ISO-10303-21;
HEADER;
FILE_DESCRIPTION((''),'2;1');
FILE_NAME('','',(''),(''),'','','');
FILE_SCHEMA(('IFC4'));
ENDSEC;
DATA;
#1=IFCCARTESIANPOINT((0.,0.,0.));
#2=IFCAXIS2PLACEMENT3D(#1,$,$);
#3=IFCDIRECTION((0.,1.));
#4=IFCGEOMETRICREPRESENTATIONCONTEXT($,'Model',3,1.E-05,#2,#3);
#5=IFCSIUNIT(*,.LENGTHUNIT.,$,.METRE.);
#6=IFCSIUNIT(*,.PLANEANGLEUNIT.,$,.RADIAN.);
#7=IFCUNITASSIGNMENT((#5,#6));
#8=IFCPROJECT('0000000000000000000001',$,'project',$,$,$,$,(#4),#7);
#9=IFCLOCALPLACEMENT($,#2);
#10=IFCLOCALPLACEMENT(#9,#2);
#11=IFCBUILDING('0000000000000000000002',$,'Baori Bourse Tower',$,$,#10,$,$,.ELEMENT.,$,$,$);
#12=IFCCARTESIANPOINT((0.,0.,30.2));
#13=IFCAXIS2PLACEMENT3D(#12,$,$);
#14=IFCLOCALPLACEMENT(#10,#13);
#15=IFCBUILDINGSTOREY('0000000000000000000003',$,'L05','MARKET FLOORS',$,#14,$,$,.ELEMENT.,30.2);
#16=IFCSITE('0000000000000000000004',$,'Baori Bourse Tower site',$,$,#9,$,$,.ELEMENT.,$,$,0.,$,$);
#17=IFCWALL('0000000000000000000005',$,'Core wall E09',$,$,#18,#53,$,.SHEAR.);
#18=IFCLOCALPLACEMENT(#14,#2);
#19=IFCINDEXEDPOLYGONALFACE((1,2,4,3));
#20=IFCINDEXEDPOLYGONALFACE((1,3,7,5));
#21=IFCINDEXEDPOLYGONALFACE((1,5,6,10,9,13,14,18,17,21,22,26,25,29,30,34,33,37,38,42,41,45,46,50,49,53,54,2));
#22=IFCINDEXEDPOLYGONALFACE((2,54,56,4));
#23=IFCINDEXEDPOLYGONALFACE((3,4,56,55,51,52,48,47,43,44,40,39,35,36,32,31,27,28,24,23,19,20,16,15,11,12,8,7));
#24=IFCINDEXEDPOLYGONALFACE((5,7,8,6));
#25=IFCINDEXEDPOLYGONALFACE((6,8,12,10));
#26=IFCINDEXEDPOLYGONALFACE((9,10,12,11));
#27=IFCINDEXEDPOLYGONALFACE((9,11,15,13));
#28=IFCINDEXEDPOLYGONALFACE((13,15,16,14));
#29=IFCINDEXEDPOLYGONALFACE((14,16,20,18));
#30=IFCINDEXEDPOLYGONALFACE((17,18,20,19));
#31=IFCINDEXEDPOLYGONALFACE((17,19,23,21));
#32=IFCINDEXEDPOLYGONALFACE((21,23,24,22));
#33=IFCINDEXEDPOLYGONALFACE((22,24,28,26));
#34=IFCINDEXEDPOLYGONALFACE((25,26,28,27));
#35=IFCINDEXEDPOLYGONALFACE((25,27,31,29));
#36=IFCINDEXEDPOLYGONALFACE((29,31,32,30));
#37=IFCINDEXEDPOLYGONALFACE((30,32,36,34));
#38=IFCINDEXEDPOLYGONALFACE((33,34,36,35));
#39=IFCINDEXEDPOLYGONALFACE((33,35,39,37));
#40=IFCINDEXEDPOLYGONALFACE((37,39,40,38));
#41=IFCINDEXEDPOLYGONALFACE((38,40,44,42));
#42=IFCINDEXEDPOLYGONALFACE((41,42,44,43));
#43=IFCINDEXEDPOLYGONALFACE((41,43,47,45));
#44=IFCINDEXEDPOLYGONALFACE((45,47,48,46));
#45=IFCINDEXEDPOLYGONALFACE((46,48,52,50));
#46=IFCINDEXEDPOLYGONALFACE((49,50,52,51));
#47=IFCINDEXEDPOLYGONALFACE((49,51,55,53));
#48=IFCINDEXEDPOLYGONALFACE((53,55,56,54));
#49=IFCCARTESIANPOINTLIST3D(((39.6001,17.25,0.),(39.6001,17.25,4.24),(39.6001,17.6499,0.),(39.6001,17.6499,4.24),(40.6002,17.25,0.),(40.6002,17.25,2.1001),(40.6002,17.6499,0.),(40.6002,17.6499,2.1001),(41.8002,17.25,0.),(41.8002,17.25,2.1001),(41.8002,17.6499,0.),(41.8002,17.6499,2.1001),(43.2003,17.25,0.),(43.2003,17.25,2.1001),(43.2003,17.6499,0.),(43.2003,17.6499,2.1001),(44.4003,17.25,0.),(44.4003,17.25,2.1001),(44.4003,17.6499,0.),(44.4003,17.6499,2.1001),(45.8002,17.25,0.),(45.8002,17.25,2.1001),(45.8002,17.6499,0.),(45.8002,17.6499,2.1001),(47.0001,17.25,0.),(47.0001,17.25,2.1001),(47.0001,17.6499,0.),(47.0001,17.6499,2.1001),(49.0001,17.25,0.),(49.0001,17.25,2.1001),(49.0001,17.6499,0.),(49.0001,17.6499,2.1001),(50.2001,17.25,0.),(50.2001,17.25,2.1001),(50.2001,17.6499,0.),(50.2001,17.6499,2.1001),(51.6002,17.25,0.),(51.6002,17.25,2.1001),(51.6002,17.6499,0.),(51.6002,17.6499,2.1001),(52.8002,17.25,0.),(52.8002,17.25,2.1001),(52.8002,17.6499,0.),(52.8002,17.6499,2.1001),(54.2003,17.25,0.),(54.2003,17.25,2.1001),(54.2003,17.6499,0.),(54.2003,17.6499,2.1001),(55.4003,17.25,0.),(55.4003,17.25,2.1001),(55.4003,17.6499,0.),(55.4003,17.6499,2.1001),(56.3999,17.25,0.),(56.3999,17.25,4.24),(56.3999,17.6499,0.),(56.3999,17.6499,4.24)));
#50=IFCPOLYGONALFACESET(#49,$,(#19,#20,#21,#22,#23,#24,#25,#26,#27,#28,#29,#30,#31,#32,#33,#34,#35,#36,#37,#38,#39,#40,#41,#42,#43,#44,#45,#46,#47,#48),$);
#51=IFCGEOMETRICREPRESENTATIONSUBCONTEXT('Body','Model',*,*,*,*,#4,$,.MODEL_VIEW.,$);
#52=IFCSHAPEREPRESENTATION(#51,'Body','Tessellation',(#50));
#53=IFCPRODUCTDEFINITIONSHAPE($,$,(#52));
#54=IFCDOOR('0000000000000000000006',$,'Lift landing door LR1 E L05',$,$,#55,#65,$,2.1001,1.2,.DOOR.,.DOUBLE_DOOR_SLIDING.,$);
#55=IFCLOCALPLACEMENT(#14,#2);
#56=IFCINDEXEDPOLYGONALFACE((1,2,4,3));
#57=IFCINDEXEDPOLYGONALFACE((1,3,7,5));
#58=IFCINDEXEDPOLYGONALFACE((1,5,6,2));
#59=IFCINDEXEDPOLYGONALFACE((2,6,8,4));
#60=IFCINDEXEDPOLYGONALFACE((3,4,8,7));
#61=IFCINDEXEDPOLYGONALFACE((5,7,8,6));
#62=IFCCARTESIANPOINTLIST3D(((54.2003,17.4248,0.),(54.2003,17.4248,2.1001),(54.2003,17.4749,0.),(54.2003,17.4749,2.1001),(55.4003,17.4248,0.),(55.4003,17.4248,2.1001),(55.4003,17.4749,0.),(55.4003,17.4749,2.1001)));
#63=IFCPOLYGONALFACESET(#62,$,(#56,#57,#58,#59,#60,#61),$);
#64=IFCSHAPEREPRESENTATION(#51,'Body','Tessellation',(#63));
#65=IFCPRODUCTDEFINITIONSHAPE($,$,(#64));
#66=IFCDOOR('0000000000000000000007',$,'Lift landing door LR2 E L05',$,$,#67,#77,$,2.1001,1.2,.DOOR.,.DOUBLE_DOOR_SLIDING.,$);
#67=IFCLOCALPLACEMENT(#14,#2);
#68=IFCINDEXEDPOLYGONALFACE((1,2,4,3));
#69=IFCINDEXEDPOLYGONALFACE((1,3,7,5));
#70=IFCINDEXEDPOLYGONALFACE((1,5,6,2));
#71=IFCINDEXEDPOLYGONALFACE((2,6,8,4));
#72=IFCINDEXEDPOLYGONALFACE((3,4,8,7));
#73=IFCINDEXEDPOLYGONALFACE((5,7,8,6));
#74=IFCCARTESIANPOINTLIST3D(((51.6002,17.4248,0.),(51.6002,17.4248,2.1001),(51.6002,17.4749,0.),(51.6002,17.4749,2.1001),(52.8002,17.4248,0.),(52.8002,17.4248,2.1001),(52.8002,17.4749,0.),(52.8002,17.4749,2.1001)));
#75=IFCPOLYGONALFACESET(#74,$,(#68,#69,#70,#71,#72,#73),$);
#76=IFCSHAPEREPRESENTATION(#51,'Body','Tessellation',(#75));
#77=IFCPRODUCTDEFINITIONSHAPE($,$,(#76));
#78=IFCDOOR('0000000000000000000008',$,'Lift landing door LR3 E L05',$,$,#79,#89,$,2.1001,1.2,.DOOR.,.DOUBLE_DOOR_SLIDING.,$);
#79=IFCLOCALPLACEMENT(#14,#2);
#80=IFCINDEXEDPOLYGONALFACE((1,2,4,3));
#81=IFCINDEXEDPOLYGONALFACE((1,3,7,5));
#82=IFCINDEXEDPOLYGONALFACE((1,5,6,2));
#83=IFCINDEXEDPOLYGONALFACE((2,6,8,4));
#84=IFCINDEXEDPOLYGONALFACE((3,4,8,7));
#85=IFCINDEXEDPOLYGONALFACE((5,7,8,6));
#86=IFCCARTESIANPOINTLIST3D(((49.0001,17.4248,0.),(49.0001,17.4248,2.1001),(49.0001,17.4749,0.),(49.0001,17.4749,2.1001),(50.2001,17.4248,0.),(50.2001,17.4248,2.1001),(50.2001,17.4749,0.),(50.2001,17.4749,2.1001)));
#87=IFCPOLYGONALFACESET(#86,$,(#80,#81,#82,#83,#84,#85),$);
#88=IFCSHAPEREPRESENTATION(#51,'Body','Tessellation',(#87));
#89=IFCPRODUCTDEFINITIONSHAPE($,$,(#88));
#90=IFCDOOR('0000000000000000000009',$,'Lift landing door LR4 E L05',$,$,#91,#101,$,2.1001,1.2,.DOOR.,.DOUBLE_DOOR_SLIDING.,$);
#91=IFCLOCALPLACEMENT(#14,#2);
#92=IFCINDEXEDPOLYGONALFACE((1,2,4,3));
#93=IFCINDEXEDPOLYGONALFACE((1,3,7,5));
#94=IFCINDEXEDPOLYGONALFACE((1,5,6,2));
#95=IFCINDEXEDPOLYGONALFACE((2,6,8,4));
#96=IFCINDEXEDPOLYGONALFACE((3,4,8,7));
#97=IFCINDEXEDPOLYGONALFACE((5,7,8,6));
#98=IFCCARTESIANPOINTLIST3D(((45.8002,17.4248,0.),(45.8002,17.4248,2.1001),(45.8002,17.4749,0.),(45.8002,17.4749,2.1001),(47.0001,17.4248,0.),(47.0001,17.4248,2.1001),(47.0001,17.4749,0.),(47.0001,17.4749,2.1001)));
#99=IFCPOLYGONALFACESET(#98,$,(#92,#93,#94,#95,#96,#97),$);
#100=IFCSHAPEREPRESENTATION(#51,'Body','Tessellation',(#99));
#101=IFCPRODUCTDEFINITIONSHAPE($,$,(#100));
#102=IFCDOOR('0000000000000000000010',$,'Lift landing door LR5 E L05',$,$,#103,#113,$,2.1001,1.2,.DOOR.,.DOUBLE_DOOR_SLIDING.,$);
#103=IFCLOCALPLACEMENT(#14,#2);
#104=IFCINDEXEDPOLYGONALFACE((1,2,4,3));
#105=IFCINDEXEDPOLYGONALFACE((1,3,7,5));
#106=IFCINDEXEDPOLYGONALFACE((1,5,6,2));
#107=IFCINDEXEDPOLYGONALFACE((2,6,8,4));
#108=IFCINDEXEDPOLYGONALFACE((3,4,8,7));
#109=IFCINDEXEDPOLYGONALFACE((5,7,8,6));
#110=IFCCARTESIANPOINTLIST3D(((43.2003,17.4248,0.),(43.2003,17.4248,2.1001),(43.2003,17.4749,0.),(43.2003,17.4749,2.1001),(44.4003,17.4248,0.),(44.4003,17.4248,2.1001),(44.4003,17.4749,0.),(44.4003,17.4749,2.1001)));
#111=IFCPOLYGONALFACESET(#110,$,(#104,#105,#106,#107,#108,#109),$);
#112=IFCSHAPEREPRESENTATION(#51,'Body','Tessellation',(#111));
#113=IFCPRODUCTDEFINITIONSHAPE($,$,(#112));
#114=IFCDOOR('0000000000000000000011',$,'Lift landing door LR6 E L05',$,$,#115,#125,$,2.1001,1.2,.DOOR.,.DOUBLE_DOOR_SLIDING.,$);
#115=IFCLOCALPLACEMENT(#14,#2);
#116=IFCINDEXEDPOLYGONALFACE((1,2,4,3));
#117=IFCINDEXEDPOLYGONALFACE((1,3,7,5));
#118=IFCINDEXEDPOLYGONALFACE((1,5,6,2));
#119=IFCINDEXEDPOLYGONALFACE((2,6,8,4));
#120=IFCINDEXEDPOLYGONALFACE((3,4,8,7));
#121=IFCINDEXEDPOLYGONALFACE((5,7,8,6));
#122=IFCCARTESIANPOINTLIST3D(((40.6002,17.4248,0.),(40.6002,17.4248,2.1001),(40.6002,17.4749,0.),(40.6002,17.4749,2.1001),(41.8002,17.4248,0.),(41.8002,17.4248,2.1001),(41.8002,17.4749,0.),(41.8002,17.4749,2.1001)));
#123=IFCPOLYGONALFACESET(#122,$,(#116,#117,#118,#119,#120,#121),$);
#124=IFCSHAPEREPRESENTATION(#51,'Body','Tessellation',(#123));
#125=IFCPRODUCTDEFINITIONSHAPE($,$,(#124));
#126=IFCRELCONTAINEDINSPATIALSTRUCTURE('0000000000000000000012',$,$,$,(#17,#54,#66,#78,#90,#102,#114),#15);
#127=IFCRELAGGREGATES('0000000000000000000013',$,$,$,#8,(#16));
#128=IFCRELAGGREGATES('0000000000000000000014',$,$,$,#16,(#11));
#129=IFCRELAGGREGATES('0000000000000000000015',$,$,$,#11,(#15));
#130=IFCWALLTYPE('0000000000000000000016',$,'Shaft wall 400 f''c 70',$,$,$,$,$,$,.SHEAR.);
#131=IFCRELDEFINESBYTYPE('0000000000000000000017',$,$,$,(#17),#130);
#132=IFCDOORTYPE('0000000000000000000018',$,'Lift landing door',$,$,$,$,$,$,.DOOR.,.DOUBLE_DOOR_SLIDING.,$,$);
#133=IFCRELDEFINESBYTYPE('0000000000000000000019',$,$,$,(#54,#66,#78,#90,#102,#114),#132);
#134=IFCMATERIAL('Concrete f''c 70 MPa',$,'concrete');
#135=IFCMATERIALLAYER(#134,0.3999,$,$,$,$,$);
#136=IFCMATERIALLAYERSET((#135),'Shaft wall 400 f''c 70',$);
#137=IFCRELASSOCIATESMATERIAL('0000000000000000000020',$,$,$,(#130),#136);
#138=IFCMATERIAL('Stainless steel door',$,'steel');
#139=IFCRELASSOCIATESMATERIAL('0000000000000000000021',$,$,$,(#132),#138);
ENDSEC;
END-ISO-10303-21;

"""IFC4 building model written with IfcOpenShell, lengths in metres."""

from ifc_helpers import new_model, si_unit, direction, frame, frame_2d, origin, place, context, subcontext, project, spatial, rectangle, extrude, material, layer, layer_set, type_object, element, fill, save


model = new_model("IFC4")

# Units and contexts
model_context = context("Model", 3, precision=1e-05, world=origin(), true_north=direction((0.0, 1.0)))
body_context = subcontext(model_context, "Body", "Model", "MODEL_VIEW")
ifc_project = project(units=[si_unit("LENGTHUNIT", "METRE"), si_unit("PLANEANGLEUNIT", "RADIAN")], contexts=[model_context])

# Site, building, storey
site_placement = place(None, origin())
site = spatial("IfcSite", under=ifc_project, at=site_placement, Name="Baori Bourse Tower site", CompositionType="ELEMENT", RefElevation=0.0)
building_placement = place(site_placement, origin())
building = spatial("IfcBuilding", under=site, at=building_placement, Name="Baori Bourse Tower", CompositionType="ELEMENT")
storey_placement = place(building_placement, frame((0.0, 0.0, 30.2)))
storey = spatial("IfcBuildingStorey", under=building, at=storey_placement, Name="L05", Description="MARKET FLOORS", CompositionType="ELEMENT", Elevation=30.2)

# Shared definitions
ifc_material_1 = material(Name="Concrete f'c 70 MPa", Category="concrete")
ifc_layer_1 = layer(ifc_material_1, 0.3999)
ifc_layer_set_1 = layer_set([ifc_layer_1], Name="Shaft wall 400 f'c 70")
wall_type_1 = type_object("IfcWallType", Name="Shaft wall 400 f'c 70", PredefinedType="SHEAR", material=ifc_layer_set_1)

# Wall, openings, doors
wall_1_placement = place(storey_placement, frame((39.6001, 17.45, 0.0), z_axis=(0.0, 0.0, 1.0), x_axis=(1.0, 0.0, 0.0)))
wall_1 = element("IfcWall", 1, at=wall_1_placement, inside=storey, type_object=wall_type_1, Name="Core wall E09", PredefinedType="SHEAR", context=body_context, shape_type="SweptSolid", body=[
    extrude(rectangle(XDim=16.7998, YDim=0.3999, at=frame_2d((8.3999, 0.0))), origin(), (0.0, 0.0, 1.0), 4.24),
])
opening_1_placement = place(wall_1_placement, frame((14.6001, 0.0, 0.0)))
opening_1 = element("IfcOpeningElement", 2, at=opening_1_placement, cuts=wall_1, PredefinedType="OPENING", context=body_context, shape_type="SweptSolid", body=[
    extrude(rectangle(XDim=1.2, YDim=2.1001, at=frame_2d((0.6001, 1.05))), frame((0.0, 0.21, 0.0), z_axis=(0.0, -1.0, 0.0), x_axis=(1.0, 0.0, 0.0)), (0.0, 0.0, 1.0), 0.4199),
])
opening_2_placement = place(wall_1_placement, frame((12.0, 0.0, 0.0)))
opening_2 = element("IfcOpeningElement", 3, at=opening_2_placement, cuts=wall_1, PredefinedType="OPENING", context=body_context, shape_type="SweptSolid", body=[
    extrude(rectangle(XDim=1.2, YDim=2.1001, at=frame_2d((0.6001, 1.05))), frame((0.0, 0.21, 0.0), z_axis=(0.0, -1.0, 0.0), x_axis=(1.0, 0.0, 0.0)), (0.0, 0.0, 1.0), 0.4199),
])
opening_3_placement = place(wall_1_placement, frame((9.3999, 0.0, 0.0)))
opening_3 = element("IfcOpeningElement", 4, at=opening_3_placement, cuts=wall_1, PredefinedType="OPENING", context=body_context, shape_type="SweptSolid", body=[
    extrude(rectangle(XDim=1.2, YDim=2.1001, at=frame_2d((0.6001, 1.05))), frame((0.0, 0.21, 0.0), z_axis=(0.0, -1.0, 0.0), x_axis=(1.0, 0.0, 0.0)), (0.0, 0.0, 1.0), 0.4199),
])
opening_4_placement = place(wall_1_placement, frame((6.2, 0.0, 0.0)))
opening_4 = element("IfcOpeningElement", 5, at=opening_4_placement, cuts=wall_1, PredefinedType="OPENING", context=body_context, shape_type="SweptSolid", body=[
    extrude(rectangle(XDim=1.2, YDim=2.1001, at=frame_2d((0.6001, 1.05))), frame((0.0, 0.21, 0.0), z_axis=(0.0, -1.0, 0.0), x_axis=(1.0, 0.0, 0.0)), (0.0, 0.0, 1.0), 0.4199),
])
opening_5_placement = place(wall_1_placement, frame((3.6001, 0.0, 0.0)))
opening_5 = element("IfcOpeningElement", 6, at=opening_5_placement, cuts=wall_1, PredefinedType="OPENING", context=body_context, shape_type="SweptSolid", body=[
    extrude(rectangle(XDim=1.2, YDim=2.1001, at=frame_2d((0.6001, 1.05))), frame((0.0, 0.21, 0.0), z_axis=(0.0, -1.0, 0.0), x_axis=(1.0, 0.0, 0.0)), (0.0, 0.0, 1.0), 0.4199),
])
opening_6_placement = place(wall_1_placement, frame((1.0, 0.0, 0.0)))
opening_6 = element("IfcOpeningElement", 7, at=opening_6_placement, cuts=wall_1, PredefinedType="OPENING", context=body_context, shape_type="SweptSolid", body=[
    extrude(rectangle(XDim=1.2, YDim=2.1001, at=frame_2d((0.6001, 1.05))), frame((0.0, 0.21, 0.0), z_axis=(0.0, -1.0, 0.0), x_axis=(1.0, 0.0, 0.0)), (0.0, 0.0, 1.0), 0.4199),
])
ifc_material_2 = material(Name="Stainless steel door", Category="steel")
door_type_1 = type_object("IfcDoorType", Name="Lift landing door", OperationType="DOUBLE_DOOR_SLIDING", PredefinedType="DOOR", material=ifc_material_2)
door_1_placement = place(opening_1_placement, origin())
door_1 = element("IfcDoor", 8, at=door_1_placement, inside=storey, type_object=door_type_1, Name="Lift landing door LR1 E L05", OperationType="DOUBLE_DOOR_SLIDING", OverallHeight=2.1001, OverallWidth=1.2, PredefinedType="DOOR", context=body_context, shape_type="SweptSolid", body=[
    extrude(rectangle(XDim=1.2, YDim=2.1001, at=frame_2d((0.6001, 1.05))), frame((0.0, 0.0249, 0.0), z_axis=(0.0, -1.0, 0.0), x_axis=(1.0, 0.0, 0.0)), (0.0, 0.0, 1.0), 0.05),
])
fill(opening_1, door_1)
door_2_placement = place(opening_2_placement, origin())
door_2 = element("IfcDoor", 9, at=door_2_placement, inside=storey, type_object=door_type_1, Name="Lift landing door LR2 E L05", OperationType="DOUBLE_DOOR_SLIDING", OverallHeight=2.1001, OverallWidth=1.2, PredefinedType="DOOR", context=body_context, shape_type="SweptSolid", body=[
    extrude(rectangle(XDim=1.2, YDim=2.1001, at=frame_2d((0.6001, 1.05))), frame((0.0, 0.0249, 0.0), z_axis=(0.0, -1.0, 0.0), x_axis=(1.0, 0.0, 0.0)), (0.0, 0.0, 1.0), 0.05),
])
fill(opening_2, door_2)
door_3_placement = place(opening_3_placement, origin())
door_3 = element("IfcDoor", 10, at=door_3_placement, inside=storey, type_object=door_type_1, Name="Lift landing door LR3 E L05", OperationType="DOUBLE_DOOR_SLIDING", OverallHeight=2.1001, OverallWidth=1.2, PredefinedType="DOOR", context=body_context, shape_type="SweptSolid", body=[
    extrude(rectangle(XDim=1.2, YDim=2.1001, at=frame_2d((0.6001, 1.05))), frame((0.0, 0.0249, 0.0), z_axis=(0.0, -1.0, 0.0), x_axis=(1.0, 0.0, 0.0)), (0.0, 0.0, 1.0), 0.05),
])
fill(opening_3, door_3)
door_4_placement = place(opening_4_placement, origin())
door_4 = element("IfcDoor", 11, at=door_4_placement, inside=storey, type_object=door_type_1, Name="Lift landing door LR4 E L05", OperationType="DOUBLE_DOOR_SLIDING", OverallHeight=2.1001, OverallWidth=1.2, PredefinedType="DOOR", context=body_context, shape_type="SweptSolid", body=[
    extrude(rectangle(XDim=1.2, YDim=2.1001, at=frame_2d((0.6001, 1.05))), frame((0.0, 0.0249, 0.0), z_axis=(0.0, -1.0, 0.0), x_axis=(1.0, 0.0, 0.0)), (0.0, 0.0, 1.0), 0.05),
])
fill(opening_4, door_4)
door_5_placement = place(opening_5_placement, origin())
door_5 = element("IfcDoor", 12, at=door_5_placement, inside=storey, type_object=door_type_1, Name="Lift landing door LR5 E L05", OperationType="DOUBLE_DOOR_SLIDING", OverallHeight=2.1001, OverallWidth=1.2, PredefinedType="DOOR", context=body_context, shape_type="SweptSolid", body=[
    extrude(rectangle(XDim=1.2, YDim=2.1001, at=frame_2d((0.6001, 1.05))), frame((0.0, 0.0249, 0.0), z_axis=(0.0, -1.0, 0.0), x_axis=(1.0, 0.0, 0.0)), (0.0, 0.0, 1.0), 0.05),
])
fill(opening_5, door_5)
door_6_placement = place(opening_6_placement, origin())
door_6 = element("IfcDoor", 13, at=door_6_placement, inside=storey, type_object=door_type_1, Name="Lift landing door LR6 E L05", OperationType="DOUBLE_DOOR_SLIDING", OverallHeight=2.1001, OverallWidth=1.2, PredefinedType="DOOR", context=body_context, shape_type="SweptSolid", body=[
    extrude(rectangle(XDim=1.2, YDim=2.1001, at=frame_2d((0.6001, 1.05))), frame((0.0, 0.0249, 0.0), z_axis=(0.0, -1.0, 0.0), x_axis=(1.0, 0.0, 0.0)), (0.0, 0.0, 1.0), 0.05),
])
fill(opening_6, door_6)

save(model, "model.ifc")
